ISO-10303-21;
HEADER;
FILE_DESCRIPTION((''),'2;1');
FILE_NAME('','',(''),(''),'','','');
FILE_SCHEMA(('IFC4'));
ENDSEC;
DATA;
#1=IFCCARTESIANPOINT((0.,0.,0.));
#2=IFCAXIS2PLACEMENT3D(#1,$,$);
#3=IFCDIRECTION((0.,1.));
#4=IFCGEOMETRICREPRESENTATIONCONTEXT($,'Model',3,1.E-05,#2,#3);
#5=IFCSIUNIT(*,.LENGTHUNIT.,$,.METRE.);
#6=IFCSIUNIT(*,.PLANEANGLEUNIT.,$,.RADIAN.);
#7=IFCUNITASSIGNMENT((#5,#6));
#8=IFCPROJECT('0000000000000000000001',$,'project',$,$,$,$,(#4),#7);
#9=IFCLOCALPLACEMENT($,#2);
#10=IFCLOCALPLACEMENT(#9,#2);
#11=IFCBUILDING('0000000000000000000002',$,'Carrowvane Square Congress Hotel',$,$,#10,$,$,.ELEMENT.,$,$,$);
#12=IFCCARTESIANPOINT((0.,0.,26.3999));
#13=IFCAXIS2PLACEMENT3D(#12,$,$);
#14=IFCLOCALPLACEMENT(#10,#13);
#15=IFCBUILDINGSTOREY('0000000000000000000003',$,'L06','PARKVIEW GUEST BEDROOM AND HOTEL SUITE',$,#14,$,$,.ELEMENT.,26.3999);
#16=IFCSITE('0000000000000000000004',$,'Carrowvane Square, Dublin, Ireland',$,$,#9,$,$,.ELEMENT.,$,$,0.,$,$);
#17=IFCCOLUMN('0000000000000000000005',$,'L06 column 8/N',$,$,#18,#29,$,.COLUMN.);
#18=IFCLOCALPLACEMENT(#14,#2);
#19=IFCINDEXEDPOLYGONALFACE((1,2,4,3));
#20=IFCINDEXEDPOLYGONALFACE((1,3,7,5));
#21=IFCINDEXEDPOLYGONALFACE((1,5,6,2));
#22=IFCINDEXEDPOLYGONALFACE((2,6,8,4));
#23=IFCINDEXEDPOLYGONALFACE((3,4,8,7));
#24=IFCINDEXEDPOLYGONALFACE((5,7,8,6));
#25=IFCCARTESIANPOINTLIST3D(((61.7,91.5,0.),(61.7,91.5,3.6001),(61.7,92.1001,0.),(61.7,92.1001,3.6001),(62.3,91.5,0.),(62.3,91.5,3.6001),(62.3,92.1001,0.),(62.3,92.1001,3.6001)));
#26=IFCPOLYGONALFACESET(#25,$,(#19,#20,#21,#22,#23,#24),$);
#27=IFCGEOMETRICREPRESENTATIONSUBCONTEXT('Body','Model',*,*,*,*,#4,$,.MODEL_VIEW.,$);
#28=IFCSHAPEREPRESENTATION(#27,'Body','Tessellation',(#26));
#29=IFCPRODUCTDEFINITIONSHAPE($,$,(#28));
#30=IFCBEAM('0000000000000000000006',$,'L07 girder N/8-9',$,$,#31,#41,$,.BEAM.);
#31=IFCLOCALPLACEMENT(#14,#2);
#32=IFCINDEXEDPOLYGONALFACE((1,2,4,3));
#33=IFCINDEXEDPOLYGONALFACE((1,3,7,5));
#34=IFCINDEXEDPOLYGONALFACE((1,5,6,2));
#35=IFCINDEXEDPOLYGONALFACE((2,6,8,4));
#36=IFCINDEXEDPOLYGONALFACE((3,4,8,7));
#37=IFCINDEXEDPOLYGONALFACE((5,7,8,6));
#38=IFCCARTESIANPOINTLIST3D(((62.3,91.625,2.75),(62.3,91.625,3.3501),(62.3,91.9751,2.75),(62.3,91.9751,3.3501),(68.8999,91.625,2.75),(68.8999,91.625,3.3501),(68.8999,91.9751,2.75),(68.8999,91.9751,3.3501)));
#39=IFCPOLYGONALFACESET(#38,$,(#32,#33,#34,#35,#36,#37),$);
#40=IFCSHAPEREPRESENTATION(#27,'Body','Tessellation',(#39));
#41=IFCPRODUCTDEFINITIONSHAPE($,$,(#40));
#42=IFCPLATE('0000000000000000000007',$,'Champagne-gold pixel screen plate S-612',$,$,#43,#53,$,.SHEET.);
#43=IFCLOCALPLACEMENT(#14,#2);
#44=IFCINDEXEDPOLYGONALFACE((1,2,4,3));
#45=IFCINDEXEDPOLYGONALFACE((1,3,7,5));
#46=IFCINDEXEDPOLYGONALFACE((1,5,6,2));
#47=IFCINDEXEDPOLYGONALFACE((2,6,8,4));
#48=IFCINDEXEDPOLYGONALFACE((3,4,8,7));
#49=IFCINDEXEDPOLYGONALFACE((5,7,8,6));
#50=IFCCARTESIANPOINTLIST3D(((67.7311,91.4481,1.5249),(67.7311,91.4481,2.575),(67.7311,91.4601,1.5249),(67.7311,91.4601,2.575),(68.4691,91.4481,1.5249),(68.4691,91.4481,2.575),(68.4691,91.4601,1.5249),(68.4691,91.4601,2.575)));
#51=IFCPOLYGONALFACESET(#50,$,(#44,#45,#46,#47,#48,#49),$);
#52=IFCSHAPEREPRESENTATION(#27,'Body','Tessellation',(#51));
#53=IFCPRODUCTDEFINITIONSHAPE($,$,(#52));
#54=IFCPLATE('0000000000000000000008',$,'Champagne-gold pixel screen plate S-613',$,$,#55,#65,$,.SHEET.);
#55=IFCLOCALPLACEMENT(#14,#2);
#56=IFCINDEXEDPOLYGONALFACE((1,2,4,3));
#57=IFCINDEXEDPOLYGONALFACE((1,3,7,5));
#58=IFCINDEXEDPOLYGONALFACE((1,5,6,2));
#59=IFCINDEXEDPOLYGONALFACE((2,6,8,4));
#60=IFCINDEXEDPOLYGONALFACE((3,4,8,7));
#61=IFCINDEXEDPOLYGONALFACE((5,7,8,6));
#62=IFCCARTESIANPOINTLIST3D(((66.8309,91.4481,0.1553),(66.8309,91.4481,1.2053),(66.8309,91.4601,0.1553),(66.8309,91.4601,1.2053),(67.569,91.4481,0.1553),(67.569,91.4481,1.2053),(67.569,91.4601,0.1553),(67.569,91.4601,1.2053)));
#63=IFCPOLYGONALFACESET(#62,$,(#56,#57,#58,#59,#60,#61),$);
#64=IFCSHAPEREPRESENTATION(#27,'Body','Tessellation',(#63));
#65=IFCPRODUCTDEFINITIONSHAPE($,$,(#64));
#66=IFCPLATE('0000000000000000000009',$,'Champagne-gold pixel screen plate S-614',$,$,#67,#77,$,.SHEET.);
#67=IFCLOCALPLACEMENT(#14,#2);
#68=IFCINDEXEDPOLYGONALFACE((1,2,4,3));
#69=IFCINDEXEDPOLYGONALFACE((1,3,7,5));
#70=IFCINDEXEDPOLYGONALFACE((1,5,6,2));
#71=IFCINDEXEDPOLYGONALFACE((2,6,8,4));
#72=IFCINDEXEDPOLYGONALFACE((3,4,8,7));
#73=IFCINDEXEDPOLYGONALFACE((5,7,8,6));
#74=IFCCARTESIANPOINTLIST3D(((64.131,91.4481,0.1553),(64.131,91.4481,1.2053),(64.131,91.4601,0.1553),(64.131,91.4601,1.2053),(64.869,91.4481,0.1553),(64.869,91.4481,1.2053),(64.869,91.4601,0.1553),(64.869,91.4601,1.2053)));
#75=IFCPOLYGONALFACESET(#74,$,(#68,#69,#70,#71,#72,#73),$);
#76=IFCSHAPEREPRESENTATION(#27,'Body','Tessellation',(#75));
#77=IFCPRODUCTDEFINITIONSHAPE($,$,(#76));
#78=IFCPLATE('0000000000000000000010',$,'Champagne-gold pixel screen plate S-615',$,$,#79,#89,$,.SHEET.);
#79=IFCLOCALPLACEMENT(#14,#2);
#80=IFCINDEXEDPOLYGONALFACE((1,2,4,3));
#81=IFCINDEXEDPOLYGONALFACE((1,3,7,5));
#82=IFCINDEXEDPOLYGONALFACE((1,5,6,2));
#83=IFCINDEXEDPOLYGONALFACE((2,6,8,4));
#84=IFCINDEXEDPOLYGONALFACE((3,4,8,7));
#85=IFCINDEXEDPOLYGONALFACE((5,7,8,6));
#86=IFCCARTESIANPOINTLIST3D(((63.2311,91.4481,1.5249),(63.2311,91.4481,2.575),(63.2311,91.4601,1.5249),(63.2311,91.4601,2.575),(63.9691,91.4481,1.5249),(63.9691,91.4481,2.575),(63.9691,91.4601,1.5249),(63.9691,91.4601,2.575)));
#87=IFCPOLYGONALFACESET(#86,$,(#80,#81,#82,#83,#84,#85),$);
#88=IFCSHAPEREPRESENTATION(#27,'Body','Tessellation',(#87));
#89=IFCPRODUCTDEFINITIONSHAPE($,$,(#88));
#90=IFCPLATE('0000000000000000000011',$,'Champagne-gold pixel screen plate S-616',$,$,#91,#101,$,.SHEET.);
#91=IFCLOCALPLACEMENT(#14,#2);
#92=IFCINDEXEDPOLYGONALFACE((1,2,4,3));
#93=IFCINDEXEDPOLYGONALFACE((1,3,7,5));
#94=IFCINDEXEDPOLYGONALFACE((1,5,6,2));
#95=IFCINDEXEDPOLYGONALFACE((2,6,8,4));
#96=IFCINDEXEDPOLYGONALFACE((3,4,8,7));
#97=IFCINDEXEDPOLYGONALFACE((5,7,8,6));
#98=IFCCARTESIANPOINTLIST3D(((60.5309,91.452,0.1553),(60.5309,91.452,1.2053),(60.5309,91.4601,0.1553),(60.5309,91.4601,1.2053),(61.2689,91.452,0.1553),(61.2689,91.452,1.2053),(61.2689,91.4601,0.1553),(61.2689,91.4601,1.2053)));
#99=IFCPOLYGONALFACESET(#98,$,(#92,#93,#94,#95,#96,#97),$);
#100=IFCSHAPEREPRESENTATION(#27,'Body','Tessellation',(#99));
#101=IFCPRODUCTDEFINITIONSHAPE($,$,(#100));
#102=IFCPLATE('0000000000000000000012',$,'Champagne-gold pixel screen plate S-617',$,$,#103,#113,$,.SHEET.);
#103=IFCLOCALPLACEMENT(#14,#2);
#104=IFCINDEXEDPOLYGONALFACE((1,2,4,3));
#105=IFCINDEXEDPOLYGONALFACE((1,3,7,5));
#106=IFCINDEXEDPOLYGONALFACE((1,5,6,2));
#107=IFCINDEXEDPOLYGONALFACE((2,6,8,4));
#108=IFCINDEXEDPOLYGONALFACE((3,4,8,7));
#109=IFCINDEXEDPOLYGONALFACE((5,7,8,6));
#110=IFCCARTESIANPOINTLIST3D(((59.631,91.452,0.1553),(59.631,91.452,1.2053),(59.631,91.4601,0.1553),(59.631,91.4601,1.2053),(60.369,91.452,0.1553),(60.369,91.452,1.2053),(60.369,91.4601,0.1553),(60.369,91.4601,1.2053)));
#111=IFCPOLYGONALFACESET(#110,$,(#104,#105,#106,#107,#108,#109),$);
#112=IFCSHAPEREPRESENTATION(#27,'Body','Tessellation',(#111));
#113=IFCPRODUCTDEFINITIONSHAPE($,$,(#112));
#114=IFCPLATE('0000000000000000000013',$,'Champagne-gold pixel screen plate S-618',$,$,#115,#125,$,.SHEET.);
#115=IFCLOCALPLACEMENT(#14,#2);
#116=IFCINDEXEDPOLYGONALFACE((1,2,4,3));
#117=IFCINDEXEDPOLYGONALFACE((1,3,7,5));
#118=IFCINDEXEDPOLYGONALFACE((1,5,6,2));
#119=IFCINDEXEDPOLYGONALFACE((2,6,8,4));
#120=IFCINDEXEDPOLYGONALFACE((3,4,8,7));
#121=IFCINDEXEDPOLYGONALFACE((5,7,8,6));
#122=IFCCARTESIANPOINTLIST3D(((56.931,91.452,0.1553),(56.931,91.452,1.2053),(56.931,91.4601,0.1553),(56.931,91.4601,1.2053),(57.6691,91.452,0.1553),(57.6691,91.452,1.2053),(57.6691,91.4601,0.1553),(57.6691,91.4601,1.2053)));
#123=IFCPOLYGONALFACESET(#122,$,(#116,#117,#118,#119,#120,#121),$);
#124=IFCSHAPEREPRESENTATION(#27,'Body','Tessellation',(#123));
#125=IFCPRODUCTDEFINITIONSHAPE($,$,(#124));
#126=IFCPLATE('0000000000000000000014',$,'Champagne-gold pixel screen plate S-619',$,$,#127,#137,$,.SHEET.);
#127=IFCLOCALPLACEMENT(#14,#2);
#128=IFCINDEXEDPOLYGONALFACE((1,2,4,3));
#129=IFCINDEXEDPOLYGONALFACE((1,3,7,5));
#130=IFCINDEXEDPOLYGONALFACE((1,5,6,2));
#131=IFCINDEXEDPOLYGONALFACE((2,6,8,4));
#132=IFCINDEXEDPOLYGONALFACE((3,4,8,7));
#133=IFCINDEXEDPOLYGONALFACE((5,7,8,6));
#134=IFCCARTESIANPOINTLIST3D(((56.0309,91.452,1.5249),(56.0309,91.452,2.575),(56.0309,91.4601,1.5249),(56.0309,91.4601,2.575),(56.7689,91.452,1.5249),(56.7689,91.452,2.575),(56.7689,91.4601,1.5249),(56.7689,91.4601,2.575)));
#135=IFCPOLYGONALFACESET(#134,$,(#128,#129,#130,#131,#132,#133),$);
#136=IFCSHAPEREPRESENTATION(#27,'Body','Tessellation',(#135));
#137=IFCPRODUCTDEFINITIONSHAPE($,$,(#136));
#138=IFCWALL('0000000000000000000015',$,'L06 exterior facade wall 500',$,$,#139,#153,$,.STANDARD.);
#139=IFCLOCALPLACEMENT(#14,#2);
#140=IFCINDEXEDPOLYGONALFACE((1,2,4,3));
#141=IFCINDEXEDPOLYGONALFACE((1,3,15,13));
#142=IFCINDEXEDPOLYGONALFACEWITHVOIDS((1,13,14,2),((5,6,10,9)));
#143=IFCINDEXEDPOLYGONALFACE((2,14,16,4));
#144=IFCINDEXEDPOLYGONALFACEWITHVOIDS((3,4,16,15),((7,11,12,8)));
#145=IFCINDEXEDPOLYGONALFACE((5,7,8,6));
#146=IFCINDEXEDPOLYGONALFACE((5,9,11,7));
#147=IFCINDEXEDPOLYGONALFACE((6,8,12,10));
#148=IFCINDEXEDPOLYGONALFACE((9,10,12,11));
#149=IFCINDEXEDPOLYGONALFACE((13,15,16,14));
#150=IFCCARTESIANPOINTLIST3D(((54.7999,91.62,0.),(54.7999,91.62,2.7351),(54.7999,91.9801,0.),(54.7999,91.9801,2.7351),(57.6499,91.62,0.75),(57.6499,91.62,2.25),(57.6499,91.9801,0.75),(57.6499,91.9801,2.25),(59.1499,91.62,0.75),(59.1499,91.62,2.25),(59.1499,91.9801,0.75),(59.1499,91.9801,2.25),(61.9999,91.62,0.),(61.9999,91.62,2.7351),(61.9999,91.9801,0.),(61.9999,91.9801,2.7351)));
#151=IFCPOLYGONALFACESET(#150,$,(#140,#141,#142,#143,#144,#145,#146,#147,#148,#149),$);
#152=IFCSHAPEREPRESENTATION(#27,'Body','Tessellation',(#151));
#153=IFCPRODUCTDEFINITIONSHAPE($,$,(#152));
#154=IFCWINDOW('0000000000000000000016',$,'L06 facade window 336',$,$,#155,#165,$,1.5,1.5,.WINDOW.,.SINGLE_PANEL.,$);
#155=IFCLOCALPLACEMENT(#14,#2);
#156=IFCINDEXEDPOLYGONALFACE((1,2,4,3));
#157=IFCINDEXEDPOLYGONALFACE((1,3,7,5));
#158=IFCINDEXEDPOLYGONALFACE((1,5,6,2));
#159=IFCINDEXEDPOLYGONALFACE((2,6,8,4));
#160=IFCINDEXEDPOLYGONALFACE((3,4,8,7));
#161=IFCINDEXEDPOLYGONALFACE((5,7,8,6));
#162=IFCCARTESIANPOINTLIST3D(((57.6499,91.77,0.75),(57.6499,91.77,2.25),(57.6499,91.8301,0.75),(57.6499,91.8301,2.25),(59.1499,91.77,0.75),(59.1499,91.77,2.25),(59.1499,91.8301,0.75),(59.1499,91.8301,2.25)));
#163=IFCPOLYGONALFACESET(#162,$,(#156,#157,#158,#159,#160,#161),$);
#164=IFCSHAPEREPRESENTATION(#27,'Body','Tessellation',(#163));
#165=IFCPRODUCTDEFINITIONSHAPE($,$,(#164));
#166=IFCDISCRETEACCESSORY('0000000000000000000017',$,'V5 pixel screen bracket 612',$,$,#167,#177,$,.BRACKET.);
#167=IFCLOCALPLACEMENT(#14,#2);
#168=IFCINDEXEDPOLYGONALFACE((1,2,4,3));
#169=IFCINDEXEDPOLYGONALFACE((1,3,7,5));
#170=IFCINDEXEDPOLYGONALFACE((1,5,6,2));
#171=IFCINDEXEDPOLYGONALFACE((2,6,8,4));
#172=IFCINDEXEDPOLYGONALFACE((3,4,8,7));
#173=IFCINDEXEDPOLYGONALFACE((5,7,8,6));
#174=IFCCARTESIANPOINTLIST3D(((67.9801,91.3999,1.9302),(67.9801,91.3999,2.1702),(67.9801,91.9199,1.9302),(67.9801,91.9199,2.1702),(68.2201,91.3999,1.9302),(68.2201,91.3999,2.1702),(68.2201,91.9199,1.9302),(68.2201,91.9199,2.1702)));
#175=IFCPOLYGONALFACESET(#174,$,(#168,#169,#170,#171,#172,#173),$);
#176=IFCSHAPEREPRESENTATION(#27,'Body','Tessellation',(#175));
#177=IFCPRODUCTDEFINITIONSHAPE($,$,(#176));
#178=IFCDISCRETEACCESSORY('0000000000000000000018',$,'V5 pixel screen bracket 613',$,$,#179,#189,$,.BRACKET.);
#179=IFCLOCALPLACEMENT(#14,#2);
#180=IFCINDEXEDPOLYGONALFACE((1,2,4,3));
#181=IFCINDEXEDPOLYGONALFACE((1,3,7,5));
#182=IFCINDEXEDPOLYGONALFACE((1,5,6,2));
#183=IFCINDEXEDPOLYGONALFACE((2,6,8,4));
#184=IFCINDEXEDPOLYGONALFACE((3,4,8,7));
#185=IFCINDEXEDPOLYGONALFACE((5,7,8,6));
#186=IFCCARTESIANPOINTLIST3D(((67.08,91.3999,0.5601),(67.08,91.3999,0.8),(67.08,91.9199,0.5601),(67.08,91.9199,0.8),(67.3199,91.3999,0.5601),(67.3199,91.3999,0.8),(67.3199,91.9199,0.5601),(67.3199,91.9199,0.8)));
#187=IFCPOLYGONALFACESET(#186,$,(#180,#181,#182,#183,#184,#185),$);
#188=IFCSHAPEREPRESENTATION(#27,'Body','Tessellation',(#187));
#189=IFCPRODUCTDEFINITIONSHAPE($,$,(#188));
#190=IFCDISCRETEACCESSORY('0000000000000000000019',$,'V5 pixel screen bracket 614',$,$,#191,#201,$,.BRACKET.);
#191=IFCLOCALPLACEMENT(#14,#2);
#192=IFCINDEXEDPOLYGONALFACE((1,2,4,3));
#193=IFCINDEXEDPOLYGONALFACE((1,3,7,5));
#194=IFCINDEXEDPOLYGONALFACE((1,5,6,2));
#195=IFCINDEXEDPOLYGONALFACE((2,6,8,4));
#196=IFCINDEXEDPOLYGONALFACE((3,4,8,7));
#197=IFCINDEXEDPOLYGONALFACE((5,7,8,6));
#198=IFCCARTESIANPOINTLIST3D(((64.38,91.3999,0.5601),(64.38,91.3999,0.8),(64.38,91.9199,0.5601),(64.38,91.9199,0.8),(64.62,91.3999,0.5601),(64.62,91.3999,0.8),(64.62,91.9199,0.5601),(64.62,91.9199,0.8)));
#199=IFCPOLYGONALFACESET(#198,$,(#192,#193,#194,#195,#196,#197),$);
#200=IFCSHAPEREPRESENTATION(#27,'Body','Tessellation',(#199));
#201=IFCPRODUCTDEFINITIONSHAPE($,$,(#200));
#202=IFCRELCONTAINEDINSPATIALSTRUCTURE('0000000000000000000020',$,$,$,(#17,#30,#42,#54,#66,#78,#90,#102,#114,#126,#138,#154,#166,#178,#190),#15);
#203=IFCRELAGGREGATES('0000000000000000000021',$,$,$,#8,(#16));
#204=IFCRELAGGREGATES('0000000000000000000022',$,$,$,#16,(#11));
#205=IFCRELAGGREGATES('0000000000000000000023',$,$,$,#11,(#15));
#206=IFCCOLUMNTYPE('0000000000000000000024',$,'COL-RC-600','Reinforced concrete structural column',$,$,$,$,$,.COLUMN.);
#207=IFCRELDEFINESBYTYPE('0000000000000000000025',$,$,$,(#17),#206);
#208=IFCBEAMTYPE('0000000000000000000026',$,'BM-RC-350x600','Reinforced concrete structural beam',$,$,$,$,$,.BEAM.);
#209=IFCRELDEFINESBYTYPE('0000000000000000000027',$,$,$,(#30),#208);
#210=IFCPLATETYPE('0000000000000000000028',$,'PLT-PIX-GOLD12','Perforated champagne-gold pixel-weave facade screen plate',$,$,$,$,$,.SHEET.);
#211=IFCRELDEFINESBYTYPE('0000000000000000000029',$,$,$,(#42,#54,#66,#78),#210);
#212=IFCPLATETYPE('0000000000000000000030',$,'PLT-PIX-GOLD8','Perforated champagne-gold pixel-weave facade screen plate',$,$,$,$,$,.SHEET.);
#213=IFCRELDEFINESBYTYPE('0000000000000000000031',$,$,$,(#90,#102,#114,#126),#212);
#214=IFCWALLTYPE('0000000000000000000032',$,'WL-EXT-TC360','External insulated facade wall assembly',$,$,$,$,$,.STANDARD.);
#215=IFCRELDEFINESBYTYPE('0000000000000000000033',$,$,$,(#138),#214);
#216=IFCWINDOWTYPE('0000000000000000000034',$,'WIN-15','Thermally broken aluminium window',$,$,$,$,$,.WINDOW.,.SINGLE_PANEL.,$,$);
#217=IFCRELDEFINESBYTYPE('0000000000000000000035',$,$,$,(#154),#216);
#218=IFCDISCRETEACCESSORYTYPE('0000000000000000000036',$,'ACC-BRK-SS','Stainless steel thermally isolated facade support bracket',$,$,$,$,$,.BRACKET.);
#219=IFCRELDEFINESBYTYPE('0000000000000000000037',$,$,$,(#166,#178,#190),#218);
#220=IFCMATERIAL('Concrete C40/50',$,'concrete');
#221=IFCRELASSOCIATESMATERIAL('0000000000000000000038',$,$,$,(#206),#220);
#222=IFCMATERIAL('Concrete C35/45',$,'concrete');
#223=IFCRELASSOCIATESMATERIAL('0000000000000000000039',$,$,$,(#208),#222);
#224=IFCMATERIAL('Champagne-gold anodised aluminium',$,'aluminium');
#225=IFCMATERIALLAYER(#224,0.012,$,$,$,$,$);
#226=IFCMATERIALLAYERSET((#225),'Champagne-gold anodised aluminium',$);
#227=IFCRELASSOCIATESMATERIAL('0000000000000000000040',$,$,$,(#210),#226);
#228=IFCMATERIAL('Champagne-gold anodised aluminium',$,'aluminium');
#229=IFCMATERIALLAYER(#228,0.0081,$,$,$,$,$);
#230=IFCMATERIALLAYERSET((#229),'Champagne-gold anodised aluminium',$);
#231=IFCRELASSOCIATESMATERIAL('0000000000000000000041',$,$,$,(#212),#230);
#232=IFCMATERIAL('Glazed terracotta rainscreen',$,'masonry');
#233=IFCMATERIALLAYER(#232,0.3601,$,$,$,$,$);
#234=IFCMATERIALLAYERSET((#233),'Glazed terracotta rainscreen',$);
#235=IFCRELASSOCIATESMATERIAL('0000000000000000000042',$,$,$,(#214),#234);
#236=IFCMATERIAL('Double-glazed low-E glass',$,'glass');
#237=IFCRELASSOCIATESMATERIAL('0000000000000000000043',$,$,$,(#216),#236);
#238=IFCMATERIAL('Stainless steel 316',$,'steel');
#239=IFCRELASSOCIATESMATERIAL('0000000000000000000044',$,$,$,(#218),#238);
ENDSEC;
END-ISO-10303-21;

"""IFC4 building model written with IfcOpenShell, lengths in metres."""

from ifc_helpers import new_model, si_unit, direction, frame, frame_2d, origin, origin_2d, place, context, subcontext, project, spatial, rectangle, extrude, material, layer, layer_set, material_profile, profile_set, type_object, element, fill, save


model = new_model("IFC4")

# Units and contexts
model_context = context("Model", 3, precision=1e-05, world=origin(), true_north=direction((0.0, 1.0)))
body_context = subcontext(model_context, "Body", "Model", "MODEL_VIEW")
ifc_project = project(units=[si_unit("LENGTHUNIT", "METRE"), si_unit("PLANEANGLEUNIT", "RADIAN")], contexts=[model_context])

# Site, building, storey
site_placement = place(None, origin())
site = spatial("IfcSite", under=ifc_project, at=site_placement, Name="Carrowvane Square, Dublin, Ireland", CompositionType="ELEMENT", RefElevation=0.0)
building_placement = place(site_placement, origin())
building = spatial("IfcBuilding", under=site, at=building_placement, Name="Carrowvane Square Congress Hotel", CompositionType="ELEMENT")
storey_placement = place(building_placement, frame((0.0, 0.0, 26.3999)))
storey = spatial("IfcBuildingStorey", under=building, at=storey_placement, Name="L06", Description="PARKVIEW GUEST BEDROOM AND HOTEL SUITE", CompositionType="ELEMENT", Elevation=26.3999)

# Column
ifc_material_1 = material(Name="Concrete C40/50", Category="concrete")
ifc_material_profile_1 = material_profile(ifc_material_1, rectangle(XDim=0.6001, YDim=0.6001, at=origin_2d()), Name="RC 600x600")
ifc_profile_set_1 = profile_set([ifc_material_profile_1], Name="Concrete C40/50")
column_type = type_object("IfcColumnType", Name="COL-RC-600", Description="Reinforced concrete structural column", PredefinedType="COLUMN", material=ifc_profile_set_1)
column_placement = place(storey_placement, frame((62.0, 91.8, 0.0), z_axis=(0.0, 0.0, 1.0), x_axis=(1.0, 0.0, 0.0)))
element("IfcColumn", 1, at=column_placement, inside=storey, type_object=column_type, Name="L06 column 8/N", PredefinedType="COLUMN", context=body_context, shape_type="SweptSolid", body=[
    extrude(rectangle(XDim=0.6001, YDim=0.6001, at=origin_2d()), origin(), (0.0, 0.0, 1.0), 3.6001),
])

# Beam
ifc_material_2 = material(Name="Concrete C35/45", Category="concrete")
ifc_material_profile_2 = material_profile(ifc_material_2, rectangle(XDim=0.3501, YDim=0.6001, at=origin_2d()), Name="RC 350x600")
ifc_profile_set_2 = profile_set([ifc_material_profile_2], Name="Concrete C35/45")
beam_type = type_object("IfcBeamType", Name="BM-RC-350x600", Description="Reinforced concrete structural beam", PredefinedType="BEAM", material=ifc_profile_set_2)
beam_placement = place(storey_placement, frame((62.3, 91.8, 3.05), z_axis=(1.0, 0.0, 0.0), x_axis=(0.0, 1.0, 0.0)))
element("IfcBeam", 2, at=beam_placement, inside=storey, type_object=beam_type, Name="L07 girder N/8-9", PredefinedType="BEAM", context=body_context, shape_type="SweptSolid", body=[
    extrude(rectangle(XDim=0.3501, YDim=0.6001, at=origin_2d()), origin(), (0.0, 0.0, 1.0), 6.5999),
])

# Plates
ifc_material_3 = material(Name="Champagne-gold anodised aluminium", Category="aluminium")
ifc_layer_1 = layer(ifc_material_3, 0.012)
ifc_layer_set_1 = layer_set([ifc_layer_1], Name="Champagne-gold anodised aluminium")
plate_type_1 = type_object("IfcPlateType", Name="PLT-PIX-GOLD12", Description="Perforated champagne-gold pixel-weave facade screen plate", PredefinedType="SHEET", material=ifc_layer_set_1)
for number, where, z_axis, x_axis, name in (
    (3, (68.1001, 91.4541, 1.5249), (0.0, 0.0, 1.0), (-1.0, 0.0, 0.0), "Champagne-gold pixel screen plate S-612"),
    (4, (67.2, 91.4541, 0.1553), (0.0, 0.0, 1.0), (-1.0, 0.0, 0.0), "Champagne-gold pixel screen plate S-613"),
    (5, (64.5, 91.4541, 0.1553), (0.0, 0.0, 1.0), (-1.0, 0.0, 0.0), "Champagne-gold pixel screen plate S-614"),
    (6, (63.6001, 91.4541, 1.5249), (0.0, 0.0, 1.0), (-1.0, 0.0, 0.0), "Champagne-gold pixel screen plate S-615"),
):
    element("IfcPlate", number, at=place(storey_placement, frame(where, z_axis=z_axis, x_axis=x_axis)), inside=storey, type_object=plate_type_1, Name=name, PredefinedType="SHEET", context=body_context, shape_type="SweptSolid", body=[
        extrude(rectangle(XDim=0.738, YDim=0.012, at=origin_2d()), origin(), (0.0, 0.0, 1.0), 1.05),
    ])
ifc_material_4 = material(Name="Champagne-gold anodised aluminium", Category="aluminium")
ifc_layer_2 = layer(ifc_material_4, 0.0081)
ifc_layer_set_2 = layer_set([ifc_layer_2], Name="Champagne-gold anodised aluminium")
plate_type_2 = type_object("IfcPlateType", Name="PLT-PIX-GOLD8", Description="Perforated champagne-gold pixel-weave facade screen plate", PredefinedType="SHEET", material=ifc_layer_set_2)
for number, where, z_axis, x_axis, name in (
    (7, (60.8999, 91.4561, 0.1553), (0.0, 0.0, 1.0), (-1.0, 0.0, 0.0), "Champagne-gold pixel screen plate S-616"),
    (8, (60.0, 91.4561, 0.1553), (0.0, 0.0, 1.0), (-1.0, 0.0, 0.0), "Champagne-gold pixel screen plate S-617"),
    (9, (57.3, 91.4561, 0.1553), (0.0, 0.0, 1.0), (-1.0, 0.0, 0.0), "Champagne-gold pixel screen plate S-618"),
    (10, (56.3999, 91.4561, 1.5249), (0.0, 0.0, 1.0), (-1.0, 0.0, 0.0), "Champagne-gold pixel screen plate S-619"),
):
    element("IfcPlate", number, at=place(storey_placement, frame(where, z_axis=z_axis, x_axis=x_axis)), inside=storey, type_object=plate_type_2, Name=name, PredefinedType="SHEET", context=body_context, shape_type="SweptSolid", body=[
        extrude(rectangle(XDim=0.738, YDim=0.0081, at=origin_2d()), origin(), (0.0, 0.0, 1.0), 1.05),
    ])

# Wall, opening, window
ifc_material_5 = material(Name="Glazed terracotta rainscreen", Category="masonry")
ifc_layer_3 = layer(ifc_material_5, 0.3601)
ifc_layer_set_3 = layer_set([ifc_layer_3], Name="Glazed terracotta rainscreen")
wall_type = type_object("IfcWallType", Name="WL-EXT-TC360", Description="External insulated facade wall assembly", PredefinedType="STANDARD", material=ifc_layer_set_3)
wall_placement = place(storey_placement, frame((62.0, 91.8, 0.0), z_axis=(0.0, 0.0, 1.0), x_axis=(-1.0, 0.0, 0.0)))
wall = element("IfcWall", 11, at=wall_placement, inside=storey, type_object=wall_type, Name="L06 exterior facade wall 500", PredefinedType="STANDARD", context=body_context, shape_type="SweptSolid", body=[
    extrude(rectangle(XDim=7.2, YDim=0.3601, at=frame_2d((3.6001, 0.0))), origin(), (0.0, 0.0, 1.0), 2.7351),
])
opening_placement = place(wall_placement, frame((2.8501, 0.0, 0.75)))
opening = element("IfcOpeningElement", 12, at=opening_placement, cuts=wall, PredefinedType="OPENING", context=body_context, shape_type="SweptSolid", body=[
    extrude(rectangle(XDim=1.5, YDim=1.5, at=frame_2d((0.75, 0.75))), frame((0.0, 0.1899, 0.0), z_axis=(0.0, -1.0, 0.0), x_axis=(1.0, 0.0, 0.0)), (0.0, 0.0, 1.0), 0.3801),
])
ifc_material_6 = material(Name="Double-glazed low-E glass", Category="glass")
window_type = type_object("IfcWindowType", Name="WIN-15", Description="Thermally broken aluminium window", PartitioningType="SINGLE_PANEL", PredefinedType="WINDOW", material=ifc_material_6)
window_placement = place(opening_placement, origin())
window = element("IfcWindow", 13, at=window_placement, inside=storey, type_object=window_type, Name="L06 facade window 336", OverallHeight=1.5, OverallWidth=1.5, PartitioningType="SINGLE_PANEL", PredefinedType="WINDOW", context=body_context, shape_type="SweptSolid", body=[
    extrude(rectangle(XDim=1.5, YDim=1.5, at=frame_2d((0.75, 0.75))), frame((0.0, 0.03, 0.0), z_axis=(0.0, -1.0, 0.0), x_axis=(1.0, 0.0, 0.0)), (0.0, 0.0, 1.0), 0.0601),
])
fill(opening, window)

# Discrete accessories
ifc_material_7 = material(Name="Stainless steel 316", Category="steel")
discrete_accessory_type = type_object("IfcDiscreteAccessoryType", Name="ACC-BRK-SS", Description="Stainless steel thermally isolated facade support bracket", PredefinedType="BRACKET", material=ifc_material_7)
for number, where, z_axis, x_axis, name in (
    (14, (68.1001, 91.6599, 1.9302), (0.0, 0.0, 1.0), (-1.0, 0.0, 0.0), "V5 pixel screen bracket 612"),
    (15, (67.2, 91.6599, 0.5601), (0.0, 0.0, 1.0), (-1.0, 0.0, 0.0), "V5 pixel screen bracket 613"),
    (16, (64.5, 91.6599, 0.5601), (0.0, 0.0, 1.0), (-1.0, 0.0, 0.0), "V5 pixel screen bracket 614"),
):
    element("IfcDiscreteAccessory", number, at=place(storey_placement, frame(where, z_axis=z_axis, x_axis=x_axis)), inside=storey, type_object=discrete_accessory_type, Name=name, PredefinedType="BRACKET", context=body_context, shape_type="SweptSolid", body=[
        extrude(rectangle(XDim=0.24, YDim=0.52, at=origin_2d()), origin(), (0.0, 0.0, 1.0), 0.24),
    ])

save(model, "model.ifc")
